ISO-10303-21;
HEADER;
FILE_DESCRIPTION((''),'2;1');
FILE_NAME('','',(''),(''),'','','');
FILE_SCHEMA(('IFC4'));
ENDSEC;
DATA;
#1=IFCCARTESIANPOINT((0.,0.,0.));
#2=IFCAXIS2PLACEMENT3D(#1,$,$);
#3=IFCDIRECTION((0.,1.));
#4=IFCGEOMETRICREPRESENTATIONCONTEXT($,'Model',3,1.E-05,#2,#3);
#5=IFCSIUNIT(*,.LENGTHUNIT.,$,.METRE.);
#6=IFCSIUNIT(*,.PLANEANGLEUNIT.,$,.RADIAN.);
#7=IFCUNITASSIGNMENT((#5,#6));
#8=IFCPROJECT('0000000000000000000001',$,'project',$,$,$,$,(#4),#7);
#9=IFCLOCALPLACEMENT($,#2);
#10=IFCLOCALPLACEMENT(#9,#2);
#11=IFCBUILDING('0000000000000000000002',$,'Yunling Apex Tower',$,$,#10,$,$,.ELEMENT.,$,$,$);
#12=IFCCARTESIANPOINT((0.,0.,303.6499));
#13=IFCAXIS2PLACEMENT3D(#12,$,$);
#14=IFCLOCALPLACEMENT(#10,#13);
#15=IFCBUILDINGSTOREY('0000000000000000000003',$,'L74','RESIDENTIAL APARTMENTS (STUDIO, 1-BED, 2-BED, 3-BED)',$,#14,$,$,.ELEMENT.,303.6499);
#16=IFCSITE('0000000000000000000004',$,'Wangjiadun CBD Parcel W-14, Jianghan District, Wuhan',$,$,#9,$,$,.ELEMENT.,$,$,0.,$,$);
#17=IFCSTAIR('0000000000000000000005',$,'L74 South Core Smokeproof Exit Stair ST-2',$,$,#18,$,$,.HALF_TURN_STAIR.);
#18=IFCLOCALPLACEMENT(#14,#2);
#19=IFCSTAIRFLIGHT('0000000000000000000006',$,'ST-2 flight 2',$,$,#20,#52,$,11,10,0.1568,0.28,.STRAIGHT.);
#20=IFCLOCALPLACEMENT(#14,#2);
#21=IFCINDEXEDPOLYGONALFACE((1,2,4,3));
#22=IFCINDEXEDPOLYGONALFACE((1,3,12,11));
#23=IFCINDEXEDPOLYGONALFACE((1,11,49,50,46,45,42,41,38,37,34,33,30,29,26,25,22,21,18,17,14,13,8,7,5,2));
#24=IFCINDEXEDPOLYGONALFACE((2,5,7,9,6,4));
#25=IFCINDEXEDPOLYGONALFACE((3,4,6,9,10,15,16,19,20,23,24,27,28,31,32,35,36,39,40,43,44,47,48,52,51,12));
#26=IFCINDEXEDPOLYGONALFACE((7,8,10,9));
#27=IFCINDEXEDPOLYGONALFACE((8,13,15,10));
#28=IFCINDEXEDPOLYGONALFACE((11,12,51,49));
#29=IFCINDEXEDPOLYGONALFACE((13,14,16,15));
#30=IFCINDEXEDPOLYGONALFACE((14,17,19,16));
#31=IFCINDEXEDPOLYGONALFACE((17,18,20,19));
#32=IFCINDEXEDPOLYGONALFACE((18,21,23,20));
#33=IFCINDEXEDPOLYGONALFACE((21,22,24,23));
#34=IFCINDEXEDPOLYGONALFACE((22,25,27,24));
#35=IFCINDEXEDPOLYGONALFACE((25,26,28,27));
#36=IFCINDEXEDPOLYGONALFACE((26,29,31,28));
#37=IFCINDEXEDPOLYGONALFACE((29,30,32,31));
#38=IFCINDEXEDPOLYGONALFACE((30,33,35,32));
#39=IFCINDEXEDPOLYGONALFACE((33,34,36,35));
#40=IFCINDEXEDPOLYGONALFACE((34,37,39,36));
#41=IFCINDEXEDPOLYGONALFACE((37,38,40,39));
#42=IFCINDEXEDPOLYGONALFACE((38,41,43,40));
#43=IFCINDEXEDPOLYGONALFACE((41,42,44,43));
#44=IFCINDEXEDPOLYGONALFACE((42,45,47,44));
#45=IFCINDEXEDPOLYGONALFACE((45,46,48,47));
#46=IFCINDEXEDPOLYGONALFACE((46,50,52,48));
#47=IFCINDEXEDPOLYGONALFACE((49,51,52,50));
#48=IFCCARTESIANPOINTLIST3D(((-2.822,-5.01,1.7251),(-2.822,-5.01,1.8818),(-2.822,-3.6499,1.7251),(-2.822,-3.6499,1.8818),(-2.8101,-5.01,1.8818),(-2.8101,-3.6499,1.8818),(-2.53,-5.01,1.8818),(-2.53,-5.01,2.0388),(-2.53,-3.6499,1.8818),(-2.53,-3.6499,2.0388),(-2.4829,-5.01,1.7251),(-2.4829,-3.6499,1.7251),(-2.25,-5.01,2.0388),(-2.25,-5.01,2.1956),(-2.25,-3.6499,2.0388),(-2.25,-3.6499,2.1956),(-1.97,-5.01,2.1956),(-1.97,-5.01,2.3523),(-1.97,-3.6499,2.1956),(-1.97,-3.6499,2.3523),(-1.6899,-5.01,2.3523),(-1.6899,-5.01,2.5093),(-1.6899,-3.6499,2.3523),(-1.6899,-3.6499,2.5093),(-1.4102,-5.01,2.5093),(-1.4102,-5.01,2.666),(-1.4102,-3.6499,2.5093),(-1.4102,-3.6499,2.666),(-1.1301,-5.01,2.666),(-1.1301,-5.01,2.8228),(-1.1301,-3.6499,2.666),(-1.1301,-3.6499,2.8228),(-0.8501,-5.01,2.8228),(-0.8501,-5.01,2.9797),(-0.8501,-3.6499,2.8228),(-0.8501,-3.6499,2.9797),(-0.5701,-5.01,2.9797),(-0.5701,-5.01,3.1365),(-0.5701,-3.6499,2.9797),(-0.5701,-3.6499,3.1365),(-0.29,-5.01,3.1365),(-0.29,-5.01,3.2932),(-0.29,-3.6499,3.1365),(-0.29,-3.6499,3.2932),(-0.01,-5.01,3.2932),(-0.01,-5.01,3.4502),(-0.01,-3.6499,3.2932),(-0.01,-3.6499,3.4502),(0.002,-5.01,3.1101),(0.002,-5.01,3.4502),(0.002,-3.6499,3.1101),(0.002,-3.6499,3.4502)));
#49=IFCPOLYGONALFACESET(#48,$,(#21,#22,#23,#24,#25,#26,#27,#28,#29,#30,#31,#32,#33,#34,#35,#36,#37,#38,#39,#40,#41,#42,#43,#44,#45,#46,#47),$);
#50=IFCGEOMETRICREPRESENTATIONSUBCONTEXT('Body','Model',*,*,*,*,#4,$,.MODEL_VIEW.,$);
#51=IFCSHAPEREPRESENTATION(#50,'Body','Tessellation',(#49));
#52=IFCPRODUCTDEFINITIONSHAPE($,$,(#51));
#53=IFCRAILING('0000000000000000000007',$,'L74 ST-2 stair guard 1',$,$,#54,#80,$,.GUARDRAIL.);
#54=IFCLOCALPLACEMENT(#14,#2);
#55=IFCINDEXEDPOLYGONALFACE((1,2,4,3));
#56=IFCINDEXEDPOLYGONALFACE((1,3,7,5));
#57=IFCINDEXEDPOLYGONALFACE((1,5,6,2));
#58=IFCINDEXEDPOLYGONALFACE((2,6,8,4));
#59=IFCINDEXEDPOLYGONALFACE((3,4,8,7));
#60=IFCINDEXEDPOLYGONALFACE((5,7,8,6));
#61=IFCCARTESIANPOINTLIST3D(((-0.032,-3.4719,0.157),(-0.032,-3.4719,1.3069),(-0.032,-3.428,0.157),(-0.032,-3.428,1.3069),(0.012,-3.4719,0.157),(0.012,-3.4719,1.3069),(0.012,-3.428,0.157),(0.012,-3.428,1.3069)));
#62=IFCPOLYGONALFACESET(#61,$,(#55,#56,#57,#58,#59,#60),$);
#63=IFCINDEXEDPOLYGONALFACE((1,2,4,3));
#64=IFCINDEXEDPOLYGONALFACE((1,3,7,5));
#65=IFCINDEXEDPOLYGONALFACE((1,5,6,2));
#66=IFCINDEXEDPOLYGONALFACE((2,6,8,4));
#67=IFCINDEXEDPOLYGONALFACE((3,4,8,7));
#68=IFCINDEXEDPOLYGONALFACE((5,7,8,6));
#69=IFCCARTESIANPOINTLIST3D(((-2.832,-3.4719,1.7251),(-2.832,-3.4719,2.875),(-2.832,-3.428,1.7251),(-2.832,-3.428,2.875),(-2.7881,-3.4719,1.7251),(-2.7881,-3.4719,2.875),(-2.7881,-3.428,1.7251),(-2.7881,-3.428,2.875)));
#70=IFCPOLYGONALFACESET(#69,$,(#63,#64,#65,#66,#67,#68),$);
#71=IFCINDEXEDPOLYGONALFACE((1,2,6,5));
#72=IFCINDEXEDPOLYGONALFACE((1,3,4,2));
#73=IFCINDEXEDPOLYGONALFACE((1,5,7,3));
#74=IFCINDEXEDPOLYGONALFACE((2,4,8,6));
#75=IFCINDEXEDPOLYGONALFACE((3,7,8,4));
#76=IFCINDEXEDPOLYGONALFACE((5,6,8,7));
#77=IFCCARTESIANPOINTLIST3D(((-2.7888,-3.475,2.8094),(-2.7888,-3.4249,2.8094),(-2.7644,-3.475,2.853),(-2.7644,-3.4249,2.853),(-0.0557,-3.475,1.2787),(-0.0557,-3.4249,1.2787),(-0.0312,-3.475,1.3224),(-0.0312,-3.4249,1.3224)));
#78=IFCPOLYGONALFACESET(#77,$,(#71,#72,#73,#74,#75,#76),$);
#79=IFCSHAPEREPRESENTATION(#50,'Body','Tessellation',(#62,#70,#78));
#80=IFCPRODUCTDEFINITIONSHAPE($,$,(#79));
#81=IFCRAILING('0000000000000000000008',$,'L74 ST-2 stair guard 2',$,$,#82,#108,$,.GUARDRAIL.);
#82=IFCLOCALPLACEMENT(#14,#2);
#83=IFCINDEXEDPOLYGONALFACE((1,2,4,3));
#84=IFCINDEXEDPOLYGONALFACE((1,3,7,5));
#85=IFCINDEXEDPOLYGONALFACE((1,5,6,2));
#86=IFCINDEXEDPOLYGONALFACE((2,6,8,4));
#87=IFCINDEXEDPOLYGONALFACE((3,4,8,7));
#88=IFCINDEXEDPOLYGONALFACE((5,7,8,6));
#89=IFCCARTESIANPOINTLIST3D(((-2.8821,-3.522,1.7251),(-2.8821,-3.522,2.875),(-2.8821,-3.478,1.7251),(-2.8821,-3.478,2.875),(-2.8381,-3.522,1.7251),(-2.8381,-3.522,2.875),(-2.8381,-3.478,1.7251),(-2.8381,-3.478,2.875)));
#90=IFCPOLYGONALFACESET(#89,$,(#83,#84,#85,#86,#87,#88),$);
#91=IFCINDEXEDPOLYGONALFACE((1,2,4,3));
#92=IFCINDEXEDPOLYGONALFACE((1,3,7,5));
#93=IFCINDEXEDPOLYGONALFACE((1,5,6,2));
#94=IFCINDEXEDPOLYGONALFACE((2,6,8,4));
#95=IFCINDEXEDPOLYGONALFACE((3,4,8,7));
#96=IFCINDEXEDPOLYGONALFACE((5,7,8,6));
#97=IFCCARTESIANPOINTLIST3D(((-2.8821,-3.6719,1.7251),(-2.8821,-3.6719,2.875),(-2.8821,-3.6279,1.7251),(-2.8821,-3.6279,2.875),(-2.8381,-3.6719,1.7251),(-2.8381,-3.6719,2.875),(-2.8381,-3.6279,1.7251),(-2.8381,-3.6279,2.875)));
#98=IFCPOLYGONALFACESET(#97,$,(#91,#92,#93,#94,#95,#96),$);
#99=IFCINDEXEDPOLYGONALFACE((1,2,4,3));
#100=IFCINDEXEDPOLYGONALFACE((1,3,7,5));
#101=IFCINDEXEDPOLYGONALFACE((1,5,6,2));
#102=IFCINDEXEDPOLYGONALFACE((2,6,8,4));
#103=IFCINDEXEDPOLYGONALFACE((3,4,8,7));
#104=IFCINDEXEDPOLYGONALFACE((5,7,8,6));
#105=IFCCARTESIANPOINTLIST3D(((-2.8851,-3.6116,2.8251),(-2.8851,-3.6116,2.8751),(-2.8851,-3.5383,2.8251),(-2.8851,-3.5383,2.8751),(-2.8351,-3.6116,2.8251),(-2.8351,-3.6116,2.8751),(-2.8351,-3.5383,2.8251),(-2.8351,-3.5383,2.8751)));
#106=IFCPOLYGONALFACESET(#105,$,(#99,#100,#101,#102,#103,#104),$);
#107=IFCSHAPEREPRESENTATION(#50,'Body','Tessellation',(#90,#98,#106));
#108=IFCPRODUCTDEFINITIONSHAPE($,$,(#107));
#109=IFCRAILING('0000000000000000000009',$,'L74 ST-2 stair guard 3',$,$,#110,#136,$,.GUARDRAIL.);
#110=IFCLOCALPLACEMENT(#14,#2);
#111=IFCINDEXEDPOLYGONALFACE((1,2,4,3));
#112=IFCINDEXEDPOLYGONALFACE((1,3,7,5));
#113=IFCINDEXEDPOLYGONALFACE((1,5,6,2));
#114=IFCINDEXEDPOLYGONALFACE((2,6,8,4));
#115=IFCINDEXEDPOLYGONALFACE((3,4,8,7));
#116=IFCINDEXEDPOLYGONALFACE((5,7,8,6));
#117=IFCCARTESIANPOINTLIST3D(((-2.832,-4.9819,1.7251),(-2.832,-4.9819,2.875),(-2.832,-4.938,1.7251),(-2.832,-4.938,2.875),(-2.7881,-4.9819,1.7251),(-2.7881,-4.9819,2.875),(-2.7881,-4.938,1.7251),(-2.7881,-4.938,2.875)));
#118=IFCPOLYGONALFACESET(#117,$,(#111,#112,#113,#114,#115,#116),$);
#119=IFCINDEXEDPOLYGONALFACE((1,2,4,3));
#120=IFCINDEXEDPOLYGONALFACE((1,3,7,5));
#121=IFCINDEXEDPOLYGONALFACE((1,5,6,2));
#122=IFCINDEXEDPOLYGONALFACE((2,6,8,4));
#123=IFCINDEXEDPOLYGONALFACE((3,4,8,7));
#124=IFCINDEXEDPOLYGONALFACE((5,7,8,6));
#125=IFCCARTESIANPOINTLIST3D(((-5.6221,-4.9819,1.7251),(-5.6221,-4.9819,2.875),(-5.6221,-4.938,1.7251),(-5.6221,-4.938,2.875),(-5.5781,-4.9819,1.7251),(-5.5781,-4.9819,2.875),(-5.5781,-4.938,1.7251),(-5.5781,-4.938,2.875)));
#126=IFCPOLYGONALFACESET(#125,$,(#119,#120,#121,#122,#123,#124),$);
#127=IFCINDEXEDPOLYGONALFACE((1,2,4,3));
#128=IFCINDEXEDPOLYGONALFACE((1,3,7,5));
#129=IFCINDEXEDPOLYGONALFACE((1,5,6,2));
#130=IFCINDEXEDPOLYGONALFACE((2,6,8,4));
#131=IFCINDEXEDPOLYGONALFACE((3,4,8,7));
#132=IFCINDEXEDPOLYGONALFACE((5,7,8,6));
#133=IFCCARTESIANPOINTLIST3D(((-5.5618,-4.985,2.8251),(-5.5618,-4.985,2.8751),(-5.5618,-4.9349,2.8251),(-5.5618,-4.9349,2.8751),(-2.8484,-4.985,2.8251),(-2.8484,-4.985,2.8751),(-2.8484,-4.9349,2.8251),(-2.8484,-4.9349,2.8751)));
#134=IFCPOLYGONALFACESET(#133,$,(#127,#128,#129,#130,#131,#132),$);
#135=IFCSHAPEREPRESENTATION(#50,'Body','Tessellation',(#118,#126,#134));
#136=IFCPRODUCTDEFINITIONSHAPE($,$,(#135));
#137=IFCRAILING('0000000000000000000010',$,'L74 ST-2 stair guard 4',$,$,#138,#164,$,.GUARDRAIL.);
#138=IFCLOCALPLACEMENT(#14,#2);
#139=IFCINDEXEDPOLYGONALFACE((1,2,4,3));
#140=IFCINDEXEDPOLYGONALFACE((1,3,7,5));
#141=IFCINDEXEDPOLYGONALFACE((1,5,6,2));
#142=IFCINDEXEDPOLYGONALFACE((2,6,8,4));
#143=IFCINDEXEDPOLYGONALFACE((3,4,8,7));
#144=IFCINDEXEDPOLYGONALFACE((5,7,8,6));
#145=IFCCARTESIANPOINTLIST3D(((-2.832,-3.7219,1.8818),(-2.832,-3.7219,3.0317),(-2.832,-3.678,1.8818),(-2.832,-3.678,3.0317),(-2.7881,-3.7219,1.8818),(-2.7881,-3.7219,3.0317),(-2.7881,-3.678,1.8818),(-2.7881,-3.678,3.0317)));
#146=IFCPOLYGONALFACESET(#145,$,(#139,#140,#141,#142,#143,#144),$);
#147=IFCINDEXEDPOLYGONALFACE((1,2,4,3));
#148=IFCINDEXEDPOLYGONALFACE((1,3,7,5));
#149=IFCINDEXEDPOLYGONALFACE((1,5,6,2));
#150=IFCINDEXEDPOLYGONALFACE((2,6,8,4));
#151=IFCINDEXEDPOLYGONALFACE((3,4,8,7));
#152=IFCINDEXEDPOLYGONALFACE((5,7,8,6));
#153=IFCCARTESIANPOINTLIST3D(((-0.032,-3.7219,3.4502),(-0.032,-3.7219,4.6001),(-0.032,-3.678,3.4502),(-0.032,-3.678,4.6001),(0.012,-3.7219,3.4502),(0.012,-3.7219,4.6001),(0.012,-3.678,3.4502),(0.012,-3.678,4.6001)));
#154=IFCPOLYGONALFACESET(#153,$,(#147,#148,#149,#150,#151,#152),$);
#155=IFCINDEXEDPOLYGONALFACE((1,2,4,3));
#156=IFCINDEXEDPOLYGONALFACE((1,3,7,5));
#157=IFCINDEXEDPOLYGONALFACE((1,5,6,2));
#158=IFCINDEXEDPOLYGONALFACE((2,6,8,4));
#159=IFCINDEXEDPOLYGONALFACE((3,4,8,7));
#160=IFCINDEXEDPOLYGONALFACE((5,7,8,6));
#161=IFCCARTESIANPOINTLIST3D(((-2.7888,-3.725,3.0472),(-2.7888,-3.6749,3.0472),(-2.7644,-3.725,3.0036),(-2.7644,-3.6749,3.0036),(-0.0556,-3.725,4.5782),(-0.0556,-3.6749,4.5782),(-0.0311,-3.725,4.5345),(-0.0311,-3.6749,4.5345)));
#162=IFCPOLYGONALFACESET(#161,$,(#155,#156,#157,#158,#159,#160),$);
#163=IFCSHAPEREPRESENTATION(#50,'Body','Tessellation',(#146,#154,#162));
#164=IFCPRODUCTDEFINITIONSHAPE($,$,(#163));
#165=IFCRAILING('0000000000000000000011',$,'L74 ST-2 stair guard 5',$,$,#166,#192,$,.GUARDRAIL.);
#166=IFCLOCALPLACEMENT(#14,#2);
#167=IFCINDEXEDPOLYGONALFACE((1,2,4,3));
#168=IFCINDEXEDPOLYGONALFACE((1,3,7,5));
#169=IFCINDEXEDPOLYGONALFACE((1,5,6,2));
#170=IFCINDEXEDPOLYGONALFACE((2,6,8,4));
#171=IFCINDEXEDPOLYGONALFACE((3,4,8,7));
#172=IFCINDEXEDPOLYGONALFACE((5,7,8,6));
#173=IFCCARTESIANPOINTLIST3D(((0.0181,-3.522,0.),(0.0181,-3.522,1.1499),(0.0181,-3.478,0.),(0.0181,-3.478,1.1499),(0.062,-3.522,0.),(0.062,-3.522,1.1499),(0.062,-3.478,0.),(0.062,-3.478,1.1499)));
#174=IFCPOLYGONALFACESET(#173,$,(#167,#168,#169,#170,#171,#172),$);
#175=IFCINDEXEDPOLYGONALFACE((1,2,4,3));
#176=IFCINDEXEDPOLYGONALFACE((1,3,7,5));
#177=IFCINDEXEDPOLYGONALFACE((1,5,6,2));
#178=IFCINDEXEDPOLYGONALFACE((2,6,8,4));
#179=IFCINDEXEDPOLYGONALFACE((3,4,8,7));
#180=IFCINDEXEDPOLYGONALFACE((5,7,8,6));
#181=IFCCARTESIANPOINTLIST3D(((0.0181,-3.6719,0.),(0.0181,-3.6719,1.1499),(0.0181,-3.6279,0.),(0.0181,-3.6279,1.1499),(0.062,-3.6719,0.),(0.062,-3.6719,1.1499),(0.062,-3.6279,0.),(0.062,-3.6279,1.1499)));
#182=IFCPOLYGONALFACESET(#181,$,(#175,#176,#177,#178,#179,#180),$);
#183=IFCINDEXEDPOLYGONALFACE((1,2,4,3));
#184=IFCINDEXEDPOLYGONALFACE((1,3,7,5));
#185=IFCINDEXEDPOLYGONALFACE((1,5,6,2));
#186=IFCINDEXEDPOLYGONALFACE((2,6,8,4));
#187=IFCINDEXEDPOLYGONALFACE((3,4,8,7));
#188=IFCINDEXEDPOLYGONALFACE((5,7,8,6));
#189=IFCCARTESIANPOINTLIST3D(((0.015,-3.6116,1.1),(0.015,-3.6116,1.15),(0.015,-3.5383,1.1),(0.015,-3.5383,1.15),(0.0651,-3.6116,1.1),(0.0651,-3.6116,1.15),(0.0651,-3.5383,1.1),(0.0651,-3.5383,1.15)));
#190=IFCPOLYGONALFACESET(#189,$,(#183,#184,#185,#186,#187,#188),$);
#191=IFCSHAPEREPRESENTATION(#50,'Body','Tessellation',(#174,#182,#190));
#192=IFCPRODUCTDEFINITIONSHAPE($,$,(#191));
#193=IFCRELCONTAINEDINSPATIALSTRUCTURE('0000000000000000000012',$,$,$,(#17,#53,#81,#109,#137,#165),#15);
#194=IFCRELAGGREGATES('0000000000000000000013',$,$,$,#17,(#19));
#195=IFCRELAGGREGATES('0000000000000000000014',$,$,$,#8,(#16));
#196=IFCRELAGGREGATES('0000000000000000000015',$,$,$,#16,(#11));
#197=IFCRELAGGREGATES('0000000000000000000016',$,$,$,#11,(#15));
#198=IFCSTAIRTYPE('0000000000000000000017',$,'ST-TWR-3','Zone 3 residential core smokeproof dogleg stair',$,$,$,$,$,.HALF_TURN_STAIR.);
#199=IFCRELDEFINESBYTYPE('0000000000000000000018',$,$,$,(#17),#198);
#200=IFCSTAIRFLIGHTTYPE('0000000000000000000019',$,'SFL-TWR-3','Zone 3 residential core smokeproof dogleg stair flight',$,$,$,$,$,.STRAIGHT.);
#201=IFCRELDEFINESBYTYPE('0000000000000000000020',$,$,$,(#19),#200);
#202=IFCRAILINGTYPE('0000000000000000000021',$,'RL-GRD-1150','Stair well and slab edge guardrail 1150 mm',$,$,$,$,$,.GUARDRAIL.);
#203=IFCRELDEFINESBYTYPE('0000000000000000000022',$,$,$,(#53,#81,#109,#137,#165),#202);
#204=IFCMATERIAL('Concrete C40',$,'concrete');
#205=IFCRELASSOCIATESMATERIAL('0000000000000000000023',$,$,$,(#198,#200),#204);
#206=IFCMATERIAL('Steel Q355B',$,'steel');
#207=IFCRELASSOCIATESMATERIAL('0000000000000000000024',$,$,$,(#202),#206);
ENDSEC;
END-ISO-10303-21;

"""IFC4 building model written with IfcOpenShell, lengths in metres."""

from ifc_helpers import new_model, si_unit, direction, frame, origin, origin_2d, place, context, subcontext, project, spatial, polyline, rectangle, outline, extrude, material, type_object, element, aggregate, save


model = new_model("IFC4")

# Units and contexts
model_context = context("Model", 3, precision=1e-05, world=origin(), true_north=direction((0.0, 1.0)))
body_context = subcontext(model_context, "Body", "Model", "MODEL_VIEW")
ifc_project = project(units=[si_unit("LENGTHUNIT", "METRE"), si_unit("PLANEANGLEUNIT", "RADIAN")], contexts=[model_context])

# Site, building, storey
site_placement = place(None, origin())
site = spatial("IfcSite", under=ifc_project, at=site_placement, Name="Wangjiadun CBD Parcel W-14, Jianghan District, Wuhan", CompositionType="ELEMENT", RefElevation=0.0)
building_placement = place(site_placement, origin())
building = spatial("IfcBuilding", under=site, at=building_placement, Name="Yunling Apex Tower", CompositionType="ELEMENT")
storey_placement = place(building_placement, frame((0.0, 0.0, 303.6499)))
storey = spatial("IfcBuildingStorey", under=building, at=storey_placement, Name="L74", Description="RESIDENTIAL APARTMENTS (STUDIO, 1-BED, 2-BED, 3-BED)", CompositionType="ELEMENT", Elevation=303.6499)

# Shared definitions
ifc_material_1 = material(Name="Steel Q355B", Category="steel")

# Shared definitions
ifc_material_2 = material(Name="Concrete C40", Category="concrete")

# Stair, stair flight
stair_type = type_object("IfcStairType", Name="ST-TWR-3", Description="Zone 3 residential core smokeproof dogleg stair", PredefinedType="HALF_TURN_STAIR", material=ifc_material_2)
stair_placement = place(storey_placement, origin())
stair = element("IfcStair", 1, at=stair_placement, inside=storey, type_object=stair_type, Name="L74 South Core Smokeproof Exit Stair ST-2", PredefinedType="HALF_TURN_STAIR")
stair_flight_type = type_object("IfcStairFlightType", Name="SFL-TWR-3", Description="Zone 3 residential core smokeproof dogleg stair flight", PredefinedType="STRAIGHT", material=ifc_material_2)
stair_flight_1_placement = place(storey_placement, frame((-2.8101, -4.3301, 1.7251), z_axis=(0.0, 0.0, 1.0), x_axis=(1.0, 0.0, 0.0)))
stair_flight_1 = element("IfcStairFlight", 2, at=stair_flight_1_placement, type_object=stair_flight_type, Name="ST-2 flight 2", NumberOfRisers=11, NumberOfTreads=10, PredefinedType="STRAIGHT", RiserHeight=0.1568, TreadLength=0.28, context=body_context, shape_type="SweptSolid", body=[
    extrude(outline(polyline([(-0.012, 0.0), (-0.012, 0.1567), (0.0, 0.1567), (0.28, 0.1567), (0.28, 0.3137), (0.5601, 0.3137), (0.5601, 0.4705), (0.8401, 0.4705), (0.8401, 0.6272), (1.1201, 0.6272), (1.1201, 0.7842), (1.3999, 0.7842), (1.3999, 0.9409), (1.6799, 0.9409), (1.6799, 1.0977), (1.96, 1.0977), (1.96, 1.2546), (2.24, 1.2546), (2.24, 1.4114), (2.52, 1.4114), (2.52, 1.5681), (2.8, 1.5681), (2.8, 1.7251), (2.812, 1.7251), (2.812, 1.385), (0.3271, 0.0), (-0.012, 0.0)])), frame((0.0, 0.6802, 0.0), z_axis=(0.0, -1.0, 0.0), x_axis=(1.0, 0.0, 0.0)), (0.0, 0.0, 1.0), 1.3601),
])
aggregate(stair, [stair_flight_1])

# Railings
railing_type_1 = type_object("IfcRailingType", Name="RL-GRD-1150", Description="Stair well and slab edge guardrail 1150 mm", PredefinedType="GUARDRAIL", material=ifc_material_1)
railing_1_placement = place(storey_placement, frame((-0.01, -3.45, 0.157)))
element("IfcRailing", 3, at=railing_1_placement, inside=storey, type_object=railing_type_1, Name="L74 ST-2 stair guard 1", PredefinedType="GUARDRAIL", context=body_context, shape_type="SweptSolid", body=[
    extrude(rectangle(XDim=0.0439, YDim=0.0439, at=origin_2d()), origin(), (0.0, 0.0, 1.0), 1.1499),
    extrude(rectangle(XDim=0.0439, YDim=0.0439, at=origin_2d()), frame((-2.8, 0.0, 1.5681)), (0.0, 0.0, 1.0), 1.1499),
    extrude(rectangle(XDim=0.05, YDim=0.05, at=origin_2d()), frame((-0.0334, 0.0, 1.1436), z_axis=(-0.872494, 0.0, 0.488624), x_axis=(0.0, -1.0, 0.0)), (0.0, 0.0, 1.0), 3.1326),
])
railing_2_placement = place(storey_placement, frame((-2.8601, -3.5, 1.7251)))
element("IfcRailing", 4, at=railing_2_placement, inside=storey, type_object=railing_type_1, Name="L74 ST-2 stair guard 2", PredefinedType="GUARDRAIL", context=body_context, shape_type="SweptSolid", body=[
    extrude(rectangle(XDim=0.0439, YDim=0.0439, at=origin_2d()), origin(), (0.0, 0.0, 1.0), 1.1499),
    extrude(rectangle(XDim=0.0439, YDim=0.0439, at=origin_2d()), frame((0.0, -0.1499, 0.0)), (0.0, 0.0, 1.0), 1.1499),
    extrude(rectangle(XDim=0.05, YDim=0.05, at=origin_2d()), frame((0.0, -0.0383, 1.125), z_axis=(0.0, -1.0, 0.0), x_axis=(1.0, 0.0, 0.0)), (0.0, 0.0, 1.0), 0.0732),
])
railing_3_placement = place(storey_placement, frame((-2.8101, -4.96, 1.7251)))
element("IfcRailing", 5, at=railing_3_placement, inside=storey, type_object=railing_type_1, Name="L74 ST-2 stair guard 3", PredefinedType="GUARDRAIL", context=body_context, shape_type="SweptSolid", body=[
    extrude(rectangle(XDim=0.0439, YDim=0.0439, at=origin_2d()), origin(), (0.0, 0.0, 1.0), 1.1499),
    extrude(rectangle(XDim=0.0439, YDim=0.0439, at=origin_2d()), frame((-2.79, 0.0, 0.0)), (0.0, 0.0, 1.0), 1.1499),
    extrude(rectangle(XDim=0.05, YDim=0.05, at=origin_2d()), frame((-0.0383, 0.0, 1.125), z_axis=(-1.0, 0.0, 0.0), x_axis=(0.0, -1.0, 0.0)), (0.0, 0.0, 1.0), 2.7134),
])
railing_4_placement = place(storey_placement, frame((-2.8101, -3.7, 1.8818)))
element("IfcRailing", 6, at=railing_4_placement, inside=storey, type_object=railing_type_1, Name="L74 ST-2 stair guard 4", PredefinedType="GUARDRAIL", context=body_context, shape_type="SweptSolid", body=[
    extrude(rectangle(XDim=0.0439, YDim=0.0439, at=origin_2d()), origin(), (0.0, 0.0, 1.0), 1.1499),
    extrude(rectangle(XDim=0.0439, YDim=0.0439, at=origin_2d()), frame((2.8, 0.0, 1.5684)), (0.0, 0.0, 1.0), 1.1499),
    extrude(rectangle(XDim=0.05, YDim=0.05, at=origin_2d()), frame((0.0334, 0.0, 1.1436), z_axis=(0.872462, 0.0, 0.488682), x_axis=(0.0, 1.0, 0.0)), (0.0, 0.0, 1.0), 3.1328),
])
railing_5_placement = place(storey_placement, frame((0.04, -3.5, 0.0)))
element("IfcRailing", 7, at=railing_5_placement, inside=storey, type_object=railing_type_1, Name="L74 ST-2 stair guard 5", PredefinedType="GUARDRAIL", context=body_context, shape_type="SweptSolid", body=[
    extrude(rectangle(XDim=0.0439, YDim=0.0439, at=origin_2d()), origin(), (0.0, 0.0, 1.0), 1.1499),
    extrude(rectangle(XDim=0.0439, YDim=0.0439, at=origin_2d()), frame((0.0, -0.1499, 0.0)), (0.0, 0.0, 1.0), 1.1499),
    extrude(rectangle(XDim=0.05, YDim=0.05, at=origin_2d()), frame((0.0, -0.0383, 1.125), z_axis=(0.0, -1.0, 0.0), x_axis=(1.0, 0.0, 0.0)), (0.0, 0.0, 1.0), 0.0732),
])

save(model, "model.ifc")
